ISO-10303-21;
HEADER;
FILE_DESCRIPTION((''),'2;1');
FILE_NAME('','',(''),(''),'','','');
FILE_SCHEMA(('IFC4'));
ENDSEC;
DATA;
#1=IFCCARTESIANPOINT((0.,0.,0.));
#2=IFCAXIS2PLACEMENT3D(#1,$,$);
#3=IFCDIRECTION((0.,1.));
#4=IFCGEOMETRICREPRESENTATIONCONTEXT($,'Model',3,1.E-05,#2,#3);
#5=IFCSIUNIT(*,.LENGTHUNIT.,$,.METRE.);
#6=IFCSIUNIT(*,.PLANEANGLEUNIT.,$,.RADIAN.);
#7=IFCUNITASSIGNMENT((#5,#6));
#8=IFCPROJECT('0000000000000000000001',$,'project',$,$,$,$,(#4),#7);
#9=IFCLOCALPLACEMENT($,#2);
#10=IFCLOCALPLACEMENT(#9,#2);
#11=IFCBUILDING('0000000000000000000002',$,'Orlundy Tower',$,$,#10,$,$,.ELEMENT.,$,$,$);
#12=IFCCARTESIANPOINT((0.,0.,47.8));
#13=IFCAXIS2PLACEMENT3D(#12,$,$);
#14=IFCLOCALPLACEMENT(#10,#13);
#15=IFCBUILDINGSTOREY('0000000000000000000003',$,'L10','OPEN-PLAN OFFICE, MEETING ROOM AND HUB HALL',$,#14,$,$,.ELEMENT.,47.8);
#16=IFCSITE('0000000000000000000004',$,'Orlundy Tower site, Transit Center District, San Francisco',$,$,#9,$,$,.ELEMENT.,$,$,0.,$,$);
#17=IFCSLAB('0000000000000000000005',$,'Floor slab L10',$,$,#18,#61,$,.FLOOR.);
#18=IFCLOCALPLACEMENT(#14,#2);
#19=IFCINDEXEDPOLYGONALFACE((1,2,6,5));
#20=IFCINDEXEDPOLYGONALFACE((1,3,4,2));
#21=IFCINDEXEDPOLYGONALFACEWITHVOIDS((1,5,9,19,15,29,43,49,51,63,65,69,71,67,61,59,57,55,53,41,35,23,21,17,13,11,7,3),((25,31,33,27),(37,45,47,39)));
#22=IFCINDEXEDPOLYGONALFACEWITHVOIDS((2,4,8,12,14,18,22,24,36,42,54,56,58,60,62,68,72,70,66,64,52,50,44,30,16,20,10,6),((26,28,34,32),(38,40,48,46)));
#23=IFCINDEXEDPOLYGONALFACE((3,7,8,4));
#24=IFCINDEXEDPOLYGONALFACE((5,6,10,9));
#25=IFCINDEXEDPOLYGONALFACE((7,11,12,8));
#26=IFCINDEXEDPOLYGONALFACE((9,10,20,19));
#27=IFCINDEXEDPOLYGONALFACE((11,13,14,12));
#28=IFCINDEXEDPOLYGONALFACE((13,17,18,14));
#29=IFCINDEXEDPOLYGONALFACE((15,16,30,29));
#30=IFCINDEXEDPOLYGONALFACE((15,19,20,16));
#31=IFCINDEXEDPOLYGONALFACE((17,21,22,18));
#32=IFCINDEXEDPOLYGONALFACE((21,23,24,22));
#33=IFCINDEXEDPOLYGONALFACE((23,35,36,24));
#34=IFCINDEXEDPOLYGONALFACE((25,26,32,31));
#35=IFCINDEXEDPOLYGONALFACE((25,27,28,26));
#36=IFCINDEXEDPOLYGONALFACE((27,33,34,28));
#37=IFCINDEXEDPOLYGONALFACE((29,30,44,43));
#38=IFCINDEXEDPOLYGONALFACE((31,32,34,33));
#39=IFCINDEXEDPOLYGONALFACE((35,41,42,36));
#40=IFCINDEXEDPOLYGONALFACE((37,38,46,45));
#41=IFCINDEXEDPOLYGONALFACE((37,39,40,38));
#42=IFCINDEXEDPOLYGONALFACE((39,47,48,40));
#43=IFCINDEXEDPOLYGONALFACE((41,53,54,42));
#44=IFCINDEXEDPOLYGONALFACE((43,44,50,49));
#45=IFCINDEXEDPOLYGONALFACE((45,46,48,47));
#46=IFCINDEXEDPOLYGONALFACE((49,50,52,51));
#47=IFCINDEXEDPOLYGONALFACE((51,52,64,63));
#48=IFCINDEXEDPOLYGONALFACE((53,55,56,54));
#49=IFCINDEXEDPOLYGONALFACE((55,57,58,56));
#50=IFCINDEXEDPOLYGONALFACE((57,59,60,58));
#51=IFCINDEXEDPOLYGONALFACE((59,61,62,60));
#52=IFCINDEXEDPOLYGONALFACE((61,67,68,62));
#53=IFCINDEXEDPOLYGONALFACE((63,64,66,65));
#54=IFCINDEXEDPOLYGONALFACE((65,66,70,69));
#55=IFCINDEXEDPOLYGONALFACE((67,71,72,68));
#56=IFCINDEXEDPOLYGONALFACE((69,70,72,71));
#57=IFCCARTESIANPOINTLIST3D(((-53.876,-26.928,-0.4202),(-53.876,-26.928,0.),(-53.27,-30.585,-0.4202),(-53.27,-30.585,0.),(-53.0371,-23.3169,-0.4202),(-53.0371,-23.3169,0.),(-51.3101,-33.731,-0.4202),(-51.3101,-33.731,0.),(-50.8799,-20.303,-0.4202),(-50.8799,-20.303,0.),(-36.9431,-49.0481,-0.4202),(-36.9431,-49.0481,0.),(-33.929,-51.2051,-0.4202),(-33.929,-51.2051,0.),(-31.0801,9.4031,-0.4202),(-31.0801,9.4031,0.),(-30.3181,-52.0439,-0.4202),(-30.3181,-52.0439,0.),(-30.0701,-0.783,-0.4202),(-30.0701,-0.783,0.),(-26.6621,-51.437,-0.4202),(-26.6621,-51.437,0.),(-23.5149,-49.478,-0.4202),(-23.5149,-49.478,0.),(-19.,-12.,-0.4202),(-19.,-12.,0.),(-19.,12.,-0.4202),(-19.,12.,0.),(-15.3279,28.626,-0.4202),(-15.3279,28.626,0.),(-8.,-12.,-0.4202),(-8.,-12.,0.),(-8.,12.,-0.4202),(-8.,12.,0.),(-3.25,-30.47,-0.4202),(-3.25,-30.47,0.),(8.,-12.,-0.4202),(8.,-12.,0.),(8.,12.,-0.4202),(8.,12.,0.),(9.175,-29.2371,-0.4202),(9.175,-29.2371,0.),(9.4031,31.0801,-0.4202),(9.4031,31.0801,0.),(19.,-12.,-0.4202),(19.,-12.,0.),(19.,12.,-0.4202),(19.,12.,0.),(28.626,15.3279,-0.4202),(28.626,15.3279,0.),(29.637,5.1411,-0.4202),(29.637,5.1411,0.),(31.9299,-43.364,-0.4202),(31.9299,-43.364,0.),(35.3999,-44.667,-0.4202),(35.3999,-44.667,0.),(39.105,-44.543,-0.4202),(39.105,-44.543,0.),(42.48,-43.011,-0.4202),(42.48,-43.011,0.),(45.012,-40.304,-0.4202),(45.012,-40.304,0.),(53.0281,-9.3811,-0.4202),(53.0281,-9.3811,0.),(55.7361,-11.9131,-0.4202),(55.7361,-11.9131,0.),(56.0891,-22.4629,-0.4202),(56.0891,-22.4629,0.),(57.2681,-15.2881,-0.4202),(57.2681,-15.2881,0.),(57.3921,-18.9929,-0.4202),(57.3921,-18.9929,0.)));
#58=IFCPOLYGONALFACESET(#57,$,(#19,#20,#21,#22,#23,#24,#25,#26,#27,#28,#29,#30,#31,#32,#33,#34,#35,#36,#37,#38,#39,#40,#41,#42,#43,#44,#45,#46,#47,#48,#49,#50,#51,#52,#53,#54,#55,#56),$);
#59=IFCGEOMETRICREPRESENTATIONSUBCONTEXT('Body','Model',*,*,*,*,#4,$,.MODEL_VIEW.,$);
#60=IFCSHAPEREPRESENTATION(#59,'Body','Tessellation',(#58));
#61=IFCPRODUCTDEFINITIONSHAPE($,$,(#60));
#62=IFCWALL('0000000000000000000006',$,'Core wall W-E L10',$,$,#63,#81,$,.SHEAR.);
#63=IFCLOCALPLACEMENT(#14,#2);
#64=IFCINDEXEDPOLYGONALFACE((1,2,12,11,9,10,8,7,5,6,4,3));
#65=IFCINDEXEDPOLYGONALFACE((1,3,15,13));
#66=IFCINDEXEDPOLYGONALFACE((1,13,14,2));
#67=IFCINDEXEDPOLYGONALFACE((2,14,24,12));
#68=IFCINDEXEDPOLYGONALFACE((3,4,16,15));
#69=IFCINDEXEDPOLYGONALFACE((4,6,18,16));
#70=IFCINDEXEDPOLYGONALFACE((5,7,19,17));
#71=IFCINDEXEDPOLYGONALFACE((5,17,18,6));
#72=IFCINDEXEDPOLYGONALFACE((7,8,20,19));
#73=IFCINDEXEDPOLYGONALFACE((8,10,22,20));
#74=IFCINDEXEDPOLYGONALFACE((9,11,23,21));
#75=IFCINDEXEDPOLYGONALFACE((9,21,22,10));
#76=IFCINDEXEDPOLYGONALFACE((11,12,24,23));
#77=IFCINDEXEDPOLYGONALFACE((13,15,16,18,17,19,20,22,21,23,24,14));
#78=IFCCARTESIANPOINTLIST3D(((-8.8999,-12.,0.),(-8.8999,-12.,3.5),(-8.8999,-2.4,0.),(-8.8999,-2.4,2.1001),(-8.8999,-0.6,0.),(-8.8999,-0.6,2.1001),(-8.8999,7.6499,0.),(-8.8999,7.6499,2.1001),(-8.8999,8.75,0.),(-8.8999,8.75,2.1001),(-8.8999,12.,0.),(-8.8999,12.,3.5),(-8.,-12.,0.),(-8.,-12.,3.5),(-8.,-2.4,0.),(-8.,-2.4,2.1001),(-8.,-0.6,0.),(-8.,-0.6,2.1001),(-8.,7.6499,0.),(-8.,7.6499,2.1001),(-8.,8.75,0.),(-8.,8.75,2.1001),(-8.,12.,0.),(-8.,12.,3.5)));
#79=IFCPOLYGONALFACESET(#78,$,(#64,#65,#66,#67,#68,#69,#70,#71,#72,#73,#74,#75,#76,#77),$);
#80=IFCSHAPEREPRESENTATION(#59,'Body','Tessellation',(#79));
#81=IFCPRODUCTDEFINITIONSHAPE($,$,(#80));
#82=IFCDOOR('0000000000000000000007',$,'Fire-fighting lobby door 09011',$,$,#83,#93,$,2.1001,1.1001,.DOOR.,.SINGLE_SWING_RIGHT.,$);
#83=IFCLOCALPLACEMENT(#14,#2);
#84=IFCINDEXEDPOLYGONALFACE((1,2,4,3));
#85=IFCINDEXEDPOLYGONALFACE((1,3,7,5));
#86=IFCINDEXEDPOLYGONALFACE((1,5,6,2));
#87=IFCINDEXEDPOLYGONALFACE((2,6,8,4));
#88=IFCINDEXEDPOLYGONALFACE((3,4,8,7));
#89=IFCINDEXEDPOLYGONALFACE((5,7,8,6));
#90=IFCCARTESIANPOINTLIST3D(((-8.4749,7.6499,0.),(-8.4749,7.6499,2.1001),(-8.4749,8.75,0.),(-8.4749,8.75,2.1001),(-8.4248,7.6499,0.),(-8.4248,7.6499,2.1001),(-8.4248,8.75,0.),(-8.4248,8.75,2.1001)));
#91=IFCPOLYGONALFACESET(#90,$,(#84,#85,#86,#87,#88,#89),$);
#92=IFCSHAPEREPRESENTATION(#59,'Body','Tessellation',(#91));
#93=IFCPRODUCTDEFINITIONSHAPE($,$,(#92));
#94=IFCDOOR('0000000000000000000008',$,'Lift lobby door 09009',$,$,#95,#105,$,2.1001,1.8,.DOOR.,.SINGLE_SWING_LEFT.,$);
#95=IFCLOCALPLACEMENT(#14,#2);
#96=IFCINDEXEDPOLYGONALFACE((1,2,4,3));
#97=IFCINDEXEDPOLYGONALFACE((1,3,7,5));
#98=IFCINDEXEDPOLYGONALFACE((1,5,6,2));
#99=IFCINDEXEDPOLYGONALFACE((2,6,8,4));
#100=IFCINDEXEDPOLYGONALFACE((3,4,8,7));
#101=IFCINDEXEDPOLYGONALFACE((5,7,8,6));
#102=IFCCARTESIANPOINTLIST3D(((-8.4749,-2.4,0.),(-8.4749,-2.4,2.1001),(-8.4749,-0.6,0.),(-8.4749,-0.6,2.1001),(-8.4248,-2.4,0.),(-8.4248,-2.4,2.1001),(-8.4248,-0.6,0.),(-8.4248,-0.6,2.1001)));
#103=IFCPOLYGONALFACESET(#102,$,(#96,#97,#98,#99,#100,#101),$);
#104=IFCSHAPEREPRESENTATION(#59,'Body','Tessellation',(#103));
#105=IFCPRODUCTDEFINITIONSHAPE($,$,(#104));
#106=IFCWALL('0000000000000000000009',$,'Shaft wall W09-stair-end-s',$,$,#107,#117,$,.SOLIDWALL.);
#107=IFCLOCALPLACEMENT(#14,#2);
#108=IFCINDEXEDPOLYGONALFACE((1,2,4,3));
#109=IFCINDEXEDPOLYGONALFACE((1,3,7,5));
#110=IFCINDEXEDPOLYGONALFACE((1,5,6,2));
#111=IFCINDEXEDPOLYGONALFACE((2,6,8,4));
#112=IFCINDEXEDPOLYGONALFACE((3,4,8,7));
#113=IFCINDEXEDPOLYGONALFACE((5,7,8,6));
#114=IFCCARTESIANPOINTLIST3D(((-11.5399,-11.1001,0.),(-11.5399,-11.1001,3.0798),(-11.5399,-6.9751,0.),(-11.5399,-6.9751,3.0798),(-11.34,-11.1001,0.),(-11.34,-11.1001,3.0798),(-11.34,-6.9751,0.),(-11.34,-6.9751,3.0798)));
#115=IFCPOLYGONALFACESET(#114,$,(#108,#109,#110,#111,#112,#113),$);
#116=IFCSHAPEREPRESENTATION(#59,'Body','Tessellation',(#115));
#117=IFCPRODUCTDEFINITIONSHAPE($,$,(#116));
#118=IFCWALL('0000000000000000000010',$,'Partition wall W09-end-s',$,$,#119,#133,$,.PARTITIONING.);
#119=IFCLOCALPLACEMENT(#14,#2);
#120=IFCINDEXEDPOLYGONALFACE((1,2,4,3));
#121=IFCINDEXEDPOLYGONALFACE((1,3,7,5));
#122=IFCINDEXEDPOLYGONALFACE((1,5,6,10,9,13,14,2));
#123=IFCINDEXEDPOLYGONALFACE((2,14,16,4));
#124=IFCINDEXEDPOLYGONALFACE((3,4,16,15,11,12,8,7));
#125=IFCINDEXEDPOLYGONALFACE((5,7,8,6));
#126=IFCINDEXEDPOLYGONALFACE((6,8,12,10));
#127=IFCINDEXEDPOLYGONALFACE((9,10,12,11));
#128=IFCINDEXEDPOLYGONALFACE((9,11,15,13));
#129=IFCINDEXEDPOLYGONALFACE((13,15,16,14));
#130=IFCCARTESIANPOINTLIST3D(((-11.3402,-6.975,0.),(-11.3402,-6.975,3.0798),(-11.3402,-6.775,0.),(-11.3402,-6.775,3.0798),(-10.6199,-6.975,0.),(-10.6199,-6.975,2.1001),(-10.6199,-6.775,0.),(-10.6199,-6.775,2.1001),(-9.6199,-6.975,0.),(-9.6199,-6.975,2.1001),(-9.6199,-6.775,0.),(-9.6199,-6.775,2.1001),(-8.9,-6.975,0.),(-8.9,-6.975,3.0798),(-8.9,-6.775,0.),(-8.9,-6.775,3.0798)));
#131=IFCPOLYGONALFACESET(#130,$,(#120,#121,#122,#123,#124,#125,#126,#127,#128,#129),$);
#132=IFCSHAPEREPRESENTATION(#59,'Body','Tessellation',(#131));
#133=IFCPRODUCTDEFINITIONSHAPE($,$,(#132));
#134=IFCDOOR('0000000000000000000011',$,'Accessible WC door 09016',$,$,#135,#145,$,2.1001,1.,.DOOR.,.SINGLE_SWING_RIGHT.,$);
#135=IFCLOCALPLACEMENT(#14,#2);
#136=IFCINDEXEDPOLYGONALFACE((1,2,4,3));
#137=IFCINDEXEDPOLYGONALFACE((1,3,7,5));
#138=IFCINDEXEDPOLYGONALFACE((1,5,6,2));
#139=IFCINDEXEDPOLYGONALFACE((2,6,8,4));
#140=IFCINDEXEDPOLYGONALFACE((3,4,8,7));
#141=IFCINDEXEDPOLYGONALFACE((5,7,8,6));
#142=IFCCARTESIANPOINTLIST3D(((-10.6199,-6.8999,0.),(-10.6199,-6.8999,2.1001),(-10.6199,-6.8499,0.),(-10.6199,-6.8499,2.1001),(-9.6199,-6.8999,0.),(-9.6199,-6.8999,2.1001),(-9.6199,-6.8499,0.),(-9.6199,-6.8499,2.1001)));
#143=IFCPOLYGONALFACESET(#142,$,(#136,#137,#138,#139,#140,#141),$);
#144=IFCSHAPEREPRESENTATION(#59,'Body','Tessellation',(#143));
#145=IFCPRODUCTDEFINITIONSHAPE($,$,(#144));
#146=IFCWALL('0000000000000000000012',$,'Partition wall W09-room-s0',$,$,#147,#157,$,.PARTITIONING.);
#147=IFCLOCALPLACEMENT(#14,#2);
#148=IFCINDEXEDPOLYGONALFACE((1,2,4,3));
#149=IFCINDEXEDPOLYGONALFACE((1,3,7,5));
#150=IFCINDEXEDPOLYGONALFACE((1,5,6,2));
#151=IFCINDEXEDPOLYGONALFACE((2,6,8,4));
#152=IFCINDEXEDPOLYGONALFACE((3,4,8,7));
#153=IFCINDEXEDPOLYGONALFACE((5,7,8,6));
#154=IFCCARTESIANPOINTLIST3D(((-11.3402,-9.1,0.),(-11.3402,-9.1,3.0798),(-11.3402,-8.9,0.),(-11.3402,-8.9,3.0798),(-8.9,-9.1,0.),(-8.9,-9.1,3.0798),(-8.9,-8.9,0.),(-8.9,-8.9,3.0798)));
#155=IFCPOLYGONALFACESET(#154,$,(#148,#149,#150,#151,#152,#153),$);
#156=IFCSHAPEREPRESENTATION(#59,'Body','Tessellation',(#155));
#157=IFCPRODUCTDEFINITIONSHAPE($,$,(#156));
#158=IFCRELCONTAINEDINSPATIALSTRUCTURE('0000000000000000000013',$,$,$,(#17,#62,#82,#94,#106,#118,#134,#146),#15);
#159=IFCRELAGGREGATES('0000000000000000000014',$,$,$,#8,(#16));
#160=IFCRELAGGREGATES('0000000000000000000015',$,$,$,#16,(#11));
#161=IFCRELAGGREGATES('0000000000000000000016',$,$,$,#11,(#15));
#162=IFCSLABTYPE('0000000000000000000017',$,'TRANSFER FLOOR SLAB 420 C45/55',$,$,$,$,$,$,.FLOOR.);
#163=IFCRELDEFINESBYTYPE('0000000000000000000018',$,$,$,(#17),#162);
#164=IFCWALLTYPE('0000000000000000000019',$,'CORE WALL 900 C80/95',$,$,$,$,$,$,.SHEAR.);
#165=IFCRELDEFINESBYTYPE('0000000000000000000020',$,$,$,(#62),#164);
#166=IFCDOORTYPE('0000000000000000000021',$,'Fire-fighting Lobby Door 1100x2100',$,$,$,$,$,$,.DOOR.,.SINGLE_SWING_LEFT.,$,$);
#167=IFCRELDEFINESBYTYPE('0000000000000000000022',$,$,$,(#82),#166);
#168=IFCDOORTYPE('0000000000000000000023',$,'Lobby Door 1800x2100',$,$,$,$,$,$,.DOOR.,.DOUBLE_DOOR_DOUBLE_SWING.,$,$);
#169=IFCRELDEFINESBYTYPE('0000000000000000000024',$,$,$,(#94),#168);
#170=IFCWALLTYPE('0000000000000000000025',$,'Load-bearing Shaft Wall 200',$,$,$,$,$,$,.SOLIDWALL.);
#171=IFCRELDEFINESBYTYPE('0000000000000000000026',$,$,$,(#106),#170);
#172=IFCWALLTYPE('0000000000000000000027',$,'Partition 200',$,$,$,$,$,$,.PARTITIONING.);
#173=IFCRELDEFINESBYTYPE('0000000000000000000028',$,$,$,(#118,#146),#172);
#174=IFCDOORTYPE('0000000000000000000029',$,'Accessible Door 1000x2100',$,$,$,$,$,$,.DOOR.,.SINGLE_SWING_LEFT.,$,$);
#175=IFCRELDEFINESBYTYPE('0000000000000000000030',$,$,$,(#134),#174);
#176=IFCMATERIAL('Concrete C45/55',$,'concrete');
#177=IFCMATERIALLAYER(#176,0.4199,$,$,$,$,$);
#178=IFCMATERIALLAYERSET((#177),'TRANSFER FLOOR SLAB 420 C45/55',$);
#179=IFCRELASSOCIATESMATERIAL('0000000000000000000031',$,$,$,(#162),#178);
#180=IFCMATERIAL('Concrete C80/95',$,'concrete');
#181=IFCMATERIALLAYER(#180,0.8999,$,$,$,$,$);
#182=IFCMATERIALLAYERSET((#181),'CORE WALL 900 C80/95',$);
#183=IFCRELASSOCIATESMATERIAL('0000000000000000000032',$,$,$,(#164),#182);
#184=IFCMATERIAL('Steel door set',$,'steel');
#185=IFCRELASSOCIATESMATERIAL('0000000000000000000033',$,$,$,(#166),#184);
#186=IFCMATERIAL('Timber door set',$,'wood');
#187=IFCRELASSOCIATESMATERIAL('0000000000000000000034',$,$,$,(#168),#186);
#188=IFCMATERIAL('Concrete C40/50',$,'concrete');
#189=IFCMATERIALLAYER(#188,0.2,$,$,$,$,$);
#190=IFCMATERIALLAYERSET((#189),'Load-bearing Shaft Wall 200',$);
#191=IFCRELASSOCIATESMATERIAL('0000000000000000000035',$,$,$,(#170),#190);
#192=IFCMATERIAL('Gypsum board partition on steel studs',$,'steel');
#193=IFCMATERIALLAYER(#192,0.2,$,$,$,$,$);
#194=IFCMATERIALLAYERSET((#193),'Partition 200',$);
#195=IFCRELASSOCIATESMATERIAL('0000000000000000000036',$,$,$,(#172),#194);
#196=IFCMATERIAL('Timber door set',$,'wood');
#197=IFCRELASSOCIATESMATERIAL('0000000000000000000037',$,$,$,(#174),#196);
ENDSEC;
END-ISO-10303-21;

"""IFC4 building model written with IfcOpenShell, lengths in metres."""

from ifc_helpers import new_model, si_unit, direction, frame, frame_2d, origin, place, context, subcontext, project, spatial, polyline, rectangle, outline, extrude, material, layer, layer_set, type_object, element, fill, save


model = new_model("IFC4")

# Units and contexts
model_context = context("Model", 3, precision=1e-05, world=origin(), true_north=direction((0.0, 1.0)))
body_context = subcontext(model_context, "Body", "Model", "MODEL_VIEW")
ifc_project = project(units=[si_unit("LENGTHUNIT", "METRE"), si_unit("PLANEANGLEUNIT", "RADIAN")], contexts=[model_context])

# Site, building, storey
site_placement = place(None, origin())
site = spatial("IfcSite", under=ifc_project, at=site_placement, Name="Orlundy Tower site, Transit Center District, San Francisco", CompositionType="ELEMENT", RefElevation=0.0)
building_placement = place(site_placement, origin())
building = spatial("IfcBuilding", under=site, at=building_placement, Name="Orlundy Tower", CompositionType="ELEMENT")
storey_placement = place(building_placement, frame((0.0, 0.0, 47.8)))
storey = spatial("IfcBuildingStorey", under=building, at=storey_placement, Name="L10", Description="OPEN-PLAN OFFICE, MEETING ROOM AND HUB HALL", CompositionType="ELEMENT", Elevation=47.8)

# Slab
ifc_material_1 = material(Name="Concrete C45/55", Category="concrete")
ifc_layer_1 = layer(ifc_material_1, 0.4199)
ifc_layer_set_1 = layer_set([ifc_layer_1], Name="TRANSFER FLOOR SLAB 420 C45/55")
slab_type_1 = type_object("IfcSlabType", Name="TRANSFER FLOOR SLAB 420 C45/55", PredefinedType="FLOOR", material=ifc_layer_set_1)
slab_1_placement = place(storey_placement, frame((0.0, 0.0, -0.4202)))
element("IfcSlab", 1, at=slab_1_placement, inside=storey, type_object=slab_type_1, Name="Floor slab L10", PredefinedType="FLOOR", context=body_context, shape_type="SweptSolid", body=[
    extrude(outline(polyline([(-30.0701, -0.783), (-31.0801, 9.4031), (-15.3279, 28.626), (9.4031, 31.0801), (28.626, 15.3279), (29.637, 5.1411), (53.0281, -9.3811), (55.7361, -11.9131), (57.2681, -15.2881), (57.3921, -18.9929), (56.0891, -22.4629), (45.012, -40.304), (42.48, -43.011), (39.105, -44.543), (35.3999, -44.667), (31.9299, -43.364), (9.175, -29.2371), (-3.25, -30.47), (-23.5149, -49.478), (-26.6621, -51.437), (-30.3181, -52.0439), (-33.929, -51.2051), (-36.9431, -49.0481), (-51.3101, -33.731), (-53.27, -30.585), (-53.876, -26.928), (-53.0371, -23.3169), (-50.8799, -20.303), (-30.0701, -0.783)]), holes=[polyline([(-8.0, -12.0), (-8.0, 12.0), (-19.0, 12.0), (-19.0, -12.0), (-8.0, -12.0)]), polyline([(19.0, -12.0), (19.0, 12.0), (8.0, 12.0), (8.0, -12.0), (19.0, -12.0)])]), origin(), (0.0, 0.0, 1.0), 0.4202),
])

# Wall, openings, doors
ifc_material_2 = material(Name="Concrete C80/95", Category="concrete")
ifc_layer_2 = layer(ifc_material_2, 0.8999)
ifc_layer_set_2 = layer_set([ifc_layer_2], Name="CORE WALL 900 C80/95")
wall_type_1 = type_object("IfcWallType", Name="CORE WALL 900 C80/95", PredefinedType="SHEAR", material=ifc_layer_set_2)
wall_1_placement = place(storey_placement, frame((-8.45, -12.0, 0.0), z_axis=(0.0, 0.0, 1.0), x_axis=(0.0, 1.0, 0.0)))
wall_1 = element("IfcWall", 2, at=wall_1_placement, inside=storey, type_object=wall_type_1, Name="Core wall W-E L10", PredefinedType="SHEAR", context=body_context, shape_type="SweptSolid", body=[
    extrude(rectangle(XDim=24.0, YDim=0.8999, at=frame_2d((12.0, 0.0))), origin(), (0.0, 0.0, 1.0), 3.5),
])
opening_1_placement = place(wall_1_placement, frame((9.6001, 0.0, 0.0)))
opening_1 = element("IfcOpeningElement", 3, at=opening_1_placement, cuts=wall_1, PredefinedType="OPENING", context=body_context, shape_type="SweptSolid", body=[
    extrude(rectangle(XDim=1.8, YDim=2.1001, at=frame_2d((0.8999, 1.05))), frame((0.0, 0.46, 0.0), z_axis=(0.0, -1.0, 0.0), x_axis=(1.0, 0.0, 0.0)), (0.0, 0.0, 1.0), 0.9199),
])
opening_2_placement = place(wall_1_placement, frame((19.6499, 0.0, 0.0)))
opening_2 = element("IfcOpeningElement", 4, at=opening_2_placement, cuts=wall_1, PredefinedType="OPENING", context=body_context, shape_type="SweptSolid", body=[
    extrude(rectangle(XDim=1.1001, YDim=2.1001, at=frame_2d((0.55, 1.05))), frame((0.0, 0.46, 0.0), z_axis=(0.0, -1.0, 0.0), x_axis=(1.0, 0.0, 0.0)), (0.0, 0.0, 1.0), 0.9199),
])
ifc_material_3 = material(Name="Steel door set", Category="steel")
door_type_1 = type_object("IfcDoorType", Name="Fire-fighting Lobby Door 1100x2100", OperationType="SINGLE_SWING_LEFT", PredefinedType="DOOR", material=ifc_material_3)
door_1_placement = place(opening_2_placement, origin())
door_1 = element("IfcDoor", 5, at=door_1_placement, inside=storey, type_object=door_type_1, Name="Fire-fighting lobby door 09011", OperationType="SINGLE_SWING_RIGHT", OverallHeight=2.1001, OverallWidth=1.1001, PredefinedType="DOOR", context=body_context, shape_type="SweptSolid", body=[
    extrude(rectangle(XDim=1.1001, YDim=2.1001, at=frame_2d((0.55, 1.05))), frame((0.0, 0.0249, 0.0), z_axis=(0.0, -1.0, 0.0), x_axis=(1.0, 0.0, 0.0)), (0.0, 0.0, 1.0), 0.05),
])
fill(opening_2, door_1)
ifc_material_4 = material(Name="Timber door set", Category="wood")
door_type_2 = type_object("IfcDoorType", Name="Lobby Door 1800x2100", OperationType="DOUBLE_DOOR_DOUBLE_SWING", PredefinedType="DOOR", material=ifc_material_4)
door_2_placement = place(opening_1_placement, origin())
door_2 = element("IfcDoor", 6, at=door_2_placement, inside=storey, type_object=door_type_2, Name="Lift lobby door 09009", OperationType="SINGLE_SWING_LEFT", OverallHeight=2.1001, OverallWidth=1.8, PredefinedType="DOOR", context=body_context, shape_type="SweptSolid", body=[
    extrude(rectangle(XDim=1.8, YDim=2.1001, at=frame_2d((0.8999, 1.05))), frame((0.0, 0.0249, 0.0), z_axis=(0.0, -1.0, 0.0), x_axis=(1.0, 0.0, 0.0)), (0.0, 0.0, 1.0), 0.05),
])
fill(opening_1, door_2)

# Wall
ifc_material_5 = material(Name="Concrete C40/50", Category="concrete")
ifc_layer_3 = layer(ifc_material_5, 0.2)
ifc_layer_set_3 = layer_set([ifc_layer_3], Name="Load-bearing Shaft Wall 200")
wall_type_2 = type_object("IfcWallType", Name="Load-bearing Shaft Wall 200", PredefinedType="SOLIDWALL", material=ifc_layer_set_3)
wall_2_placement = place(storey_placement, frame((-11.4399, -11.1001, 0.0), z_axis=(0.0, 0.0, 1.0), x_axis=(0.0, 1.0, 0.0)))
element("IfcWall", 7, at=wall_2_placement, inside=storey, type_object=wall_type_2, Name="Shaft wall W09-stair-end-s", PredefinedType="SOLIDWALL", context=body_context, shape_type="SweptSolid", body=[
    extrude(rectangle(XDim=4.125, YDim=0.2, at=frame_2d((2.0625, 0.0))), origin(), (0.0, 0.0, 1.0), 3.0798),
])

# Wall, opening, door
ifc_material_6 = material(Name="Gypsum board partition on steel studs", Category="steel")
ifc_layer_4 = layer(ifc_material_6, 0.2)
ifc_layer_set_4 = layer_set([ifc_layer_4], Name="Partition 200")
wall_type_3 = type_object("IfcWallType", Name="Partition 200", PredefinedType="PARTITIONING", material=ifc_layer_set_4)
wall_3_placement = place(storey_placement, frame((-8.8999, -6.875, 0.0), z_axis=(0.0, 0.0, 1.0), x_axis=(-1.0, 0.0, 0.0)))
wall_3 = element("IfcWall", 8, at=wall_3_placement, inside=storey, type_object=wall_type_3, Name="Partition wall W09-end-s", PredefinedType="PARTITIONING", context=body_context, shape_type="SweptSolid", body=[
    extrude(rectangle(XDim=2.4402, YDim=0.2, at=frame_2d((1.2202, 0.0))), origin(), (0.0, 0.0, 1.0), 3.0798),
])
opening_3_placement = place(wall_3_placement, frame((0.72, 0.0, 0.0)))
opening_3 = element("IfcOpeningElement", 9, at=opening_3_placement, cuts=wall_3, PredefinedType="OPENING", context=body_context, shape_type="SweptSolid", body=[
    extrude(rectangle(XDim=1.0, YDim=2.1001, at=frame_2d((0.5, 1.05))), frame((0.0, 0.1101, 0.0), z_axis=(0.0, -1.0, 0.0), x_axis=(1.0, 0.0, 0.0)), (0.0, 0.0, 1.0), 0.2202),
])
ifc_material_7 = material(Name="Timber door set", Category="wood")
door_type_3 = type_object("IfcDoorType", Name="Accessible Door 1000x2100", OperationType="SINGLE_SWING_LEFT", PredefinedType="DOOR", material=ifc_material_7)
door_3_placement = place(opening_3_placement, origin())
door_3 = element("IfcDoor", 10, at=door_3_placement, inside=storey, type_object=door_type_3, Name="Accessible WC door 09016", OperationType="SINGLE_SWING_RIGHT", OverallHeight=2.1001, OverallWidth=1.0, PredefinedType="DOOR", context=body_context, shape_type="SweptSolid", body=[
    extrude(rectangle(XDim=1.0, YDim=2.1001, at=frame_2d((0.5, 1.05))), frame((0.0, 0.0249, 0.0), z_axis=(0.0, -1.0, 0.0), x_axis=(1.0, 0.0, 0.0)), (0.0, 0.0, 1.0), 0.05),
])
fill(opening_3, door_3)

# Wall
wall_4_placement = place(storey_placement, frame((-8.8999, -9.0, 0.0), z_axis=(0.0, 0.0, 1.0), x_axis=(-1.0, 0.0, 0.0)))
element("IfcWall", 11, at=wall_4_placement, inside=storey, type_object=wall_type_3, Name="Partition wall W09-room-s0", PredefinedType="PARTITIONING", context=body_context, shape_type="SweptSolid", body=[
    extrude(rectangle(XDim=2.4402, YDim=0.2, at=frame_2d((1.2202, 0.0))), origin(), (0.0, 0.0, 1.0), 3.0798),
])

save(model, "model.ifc")
